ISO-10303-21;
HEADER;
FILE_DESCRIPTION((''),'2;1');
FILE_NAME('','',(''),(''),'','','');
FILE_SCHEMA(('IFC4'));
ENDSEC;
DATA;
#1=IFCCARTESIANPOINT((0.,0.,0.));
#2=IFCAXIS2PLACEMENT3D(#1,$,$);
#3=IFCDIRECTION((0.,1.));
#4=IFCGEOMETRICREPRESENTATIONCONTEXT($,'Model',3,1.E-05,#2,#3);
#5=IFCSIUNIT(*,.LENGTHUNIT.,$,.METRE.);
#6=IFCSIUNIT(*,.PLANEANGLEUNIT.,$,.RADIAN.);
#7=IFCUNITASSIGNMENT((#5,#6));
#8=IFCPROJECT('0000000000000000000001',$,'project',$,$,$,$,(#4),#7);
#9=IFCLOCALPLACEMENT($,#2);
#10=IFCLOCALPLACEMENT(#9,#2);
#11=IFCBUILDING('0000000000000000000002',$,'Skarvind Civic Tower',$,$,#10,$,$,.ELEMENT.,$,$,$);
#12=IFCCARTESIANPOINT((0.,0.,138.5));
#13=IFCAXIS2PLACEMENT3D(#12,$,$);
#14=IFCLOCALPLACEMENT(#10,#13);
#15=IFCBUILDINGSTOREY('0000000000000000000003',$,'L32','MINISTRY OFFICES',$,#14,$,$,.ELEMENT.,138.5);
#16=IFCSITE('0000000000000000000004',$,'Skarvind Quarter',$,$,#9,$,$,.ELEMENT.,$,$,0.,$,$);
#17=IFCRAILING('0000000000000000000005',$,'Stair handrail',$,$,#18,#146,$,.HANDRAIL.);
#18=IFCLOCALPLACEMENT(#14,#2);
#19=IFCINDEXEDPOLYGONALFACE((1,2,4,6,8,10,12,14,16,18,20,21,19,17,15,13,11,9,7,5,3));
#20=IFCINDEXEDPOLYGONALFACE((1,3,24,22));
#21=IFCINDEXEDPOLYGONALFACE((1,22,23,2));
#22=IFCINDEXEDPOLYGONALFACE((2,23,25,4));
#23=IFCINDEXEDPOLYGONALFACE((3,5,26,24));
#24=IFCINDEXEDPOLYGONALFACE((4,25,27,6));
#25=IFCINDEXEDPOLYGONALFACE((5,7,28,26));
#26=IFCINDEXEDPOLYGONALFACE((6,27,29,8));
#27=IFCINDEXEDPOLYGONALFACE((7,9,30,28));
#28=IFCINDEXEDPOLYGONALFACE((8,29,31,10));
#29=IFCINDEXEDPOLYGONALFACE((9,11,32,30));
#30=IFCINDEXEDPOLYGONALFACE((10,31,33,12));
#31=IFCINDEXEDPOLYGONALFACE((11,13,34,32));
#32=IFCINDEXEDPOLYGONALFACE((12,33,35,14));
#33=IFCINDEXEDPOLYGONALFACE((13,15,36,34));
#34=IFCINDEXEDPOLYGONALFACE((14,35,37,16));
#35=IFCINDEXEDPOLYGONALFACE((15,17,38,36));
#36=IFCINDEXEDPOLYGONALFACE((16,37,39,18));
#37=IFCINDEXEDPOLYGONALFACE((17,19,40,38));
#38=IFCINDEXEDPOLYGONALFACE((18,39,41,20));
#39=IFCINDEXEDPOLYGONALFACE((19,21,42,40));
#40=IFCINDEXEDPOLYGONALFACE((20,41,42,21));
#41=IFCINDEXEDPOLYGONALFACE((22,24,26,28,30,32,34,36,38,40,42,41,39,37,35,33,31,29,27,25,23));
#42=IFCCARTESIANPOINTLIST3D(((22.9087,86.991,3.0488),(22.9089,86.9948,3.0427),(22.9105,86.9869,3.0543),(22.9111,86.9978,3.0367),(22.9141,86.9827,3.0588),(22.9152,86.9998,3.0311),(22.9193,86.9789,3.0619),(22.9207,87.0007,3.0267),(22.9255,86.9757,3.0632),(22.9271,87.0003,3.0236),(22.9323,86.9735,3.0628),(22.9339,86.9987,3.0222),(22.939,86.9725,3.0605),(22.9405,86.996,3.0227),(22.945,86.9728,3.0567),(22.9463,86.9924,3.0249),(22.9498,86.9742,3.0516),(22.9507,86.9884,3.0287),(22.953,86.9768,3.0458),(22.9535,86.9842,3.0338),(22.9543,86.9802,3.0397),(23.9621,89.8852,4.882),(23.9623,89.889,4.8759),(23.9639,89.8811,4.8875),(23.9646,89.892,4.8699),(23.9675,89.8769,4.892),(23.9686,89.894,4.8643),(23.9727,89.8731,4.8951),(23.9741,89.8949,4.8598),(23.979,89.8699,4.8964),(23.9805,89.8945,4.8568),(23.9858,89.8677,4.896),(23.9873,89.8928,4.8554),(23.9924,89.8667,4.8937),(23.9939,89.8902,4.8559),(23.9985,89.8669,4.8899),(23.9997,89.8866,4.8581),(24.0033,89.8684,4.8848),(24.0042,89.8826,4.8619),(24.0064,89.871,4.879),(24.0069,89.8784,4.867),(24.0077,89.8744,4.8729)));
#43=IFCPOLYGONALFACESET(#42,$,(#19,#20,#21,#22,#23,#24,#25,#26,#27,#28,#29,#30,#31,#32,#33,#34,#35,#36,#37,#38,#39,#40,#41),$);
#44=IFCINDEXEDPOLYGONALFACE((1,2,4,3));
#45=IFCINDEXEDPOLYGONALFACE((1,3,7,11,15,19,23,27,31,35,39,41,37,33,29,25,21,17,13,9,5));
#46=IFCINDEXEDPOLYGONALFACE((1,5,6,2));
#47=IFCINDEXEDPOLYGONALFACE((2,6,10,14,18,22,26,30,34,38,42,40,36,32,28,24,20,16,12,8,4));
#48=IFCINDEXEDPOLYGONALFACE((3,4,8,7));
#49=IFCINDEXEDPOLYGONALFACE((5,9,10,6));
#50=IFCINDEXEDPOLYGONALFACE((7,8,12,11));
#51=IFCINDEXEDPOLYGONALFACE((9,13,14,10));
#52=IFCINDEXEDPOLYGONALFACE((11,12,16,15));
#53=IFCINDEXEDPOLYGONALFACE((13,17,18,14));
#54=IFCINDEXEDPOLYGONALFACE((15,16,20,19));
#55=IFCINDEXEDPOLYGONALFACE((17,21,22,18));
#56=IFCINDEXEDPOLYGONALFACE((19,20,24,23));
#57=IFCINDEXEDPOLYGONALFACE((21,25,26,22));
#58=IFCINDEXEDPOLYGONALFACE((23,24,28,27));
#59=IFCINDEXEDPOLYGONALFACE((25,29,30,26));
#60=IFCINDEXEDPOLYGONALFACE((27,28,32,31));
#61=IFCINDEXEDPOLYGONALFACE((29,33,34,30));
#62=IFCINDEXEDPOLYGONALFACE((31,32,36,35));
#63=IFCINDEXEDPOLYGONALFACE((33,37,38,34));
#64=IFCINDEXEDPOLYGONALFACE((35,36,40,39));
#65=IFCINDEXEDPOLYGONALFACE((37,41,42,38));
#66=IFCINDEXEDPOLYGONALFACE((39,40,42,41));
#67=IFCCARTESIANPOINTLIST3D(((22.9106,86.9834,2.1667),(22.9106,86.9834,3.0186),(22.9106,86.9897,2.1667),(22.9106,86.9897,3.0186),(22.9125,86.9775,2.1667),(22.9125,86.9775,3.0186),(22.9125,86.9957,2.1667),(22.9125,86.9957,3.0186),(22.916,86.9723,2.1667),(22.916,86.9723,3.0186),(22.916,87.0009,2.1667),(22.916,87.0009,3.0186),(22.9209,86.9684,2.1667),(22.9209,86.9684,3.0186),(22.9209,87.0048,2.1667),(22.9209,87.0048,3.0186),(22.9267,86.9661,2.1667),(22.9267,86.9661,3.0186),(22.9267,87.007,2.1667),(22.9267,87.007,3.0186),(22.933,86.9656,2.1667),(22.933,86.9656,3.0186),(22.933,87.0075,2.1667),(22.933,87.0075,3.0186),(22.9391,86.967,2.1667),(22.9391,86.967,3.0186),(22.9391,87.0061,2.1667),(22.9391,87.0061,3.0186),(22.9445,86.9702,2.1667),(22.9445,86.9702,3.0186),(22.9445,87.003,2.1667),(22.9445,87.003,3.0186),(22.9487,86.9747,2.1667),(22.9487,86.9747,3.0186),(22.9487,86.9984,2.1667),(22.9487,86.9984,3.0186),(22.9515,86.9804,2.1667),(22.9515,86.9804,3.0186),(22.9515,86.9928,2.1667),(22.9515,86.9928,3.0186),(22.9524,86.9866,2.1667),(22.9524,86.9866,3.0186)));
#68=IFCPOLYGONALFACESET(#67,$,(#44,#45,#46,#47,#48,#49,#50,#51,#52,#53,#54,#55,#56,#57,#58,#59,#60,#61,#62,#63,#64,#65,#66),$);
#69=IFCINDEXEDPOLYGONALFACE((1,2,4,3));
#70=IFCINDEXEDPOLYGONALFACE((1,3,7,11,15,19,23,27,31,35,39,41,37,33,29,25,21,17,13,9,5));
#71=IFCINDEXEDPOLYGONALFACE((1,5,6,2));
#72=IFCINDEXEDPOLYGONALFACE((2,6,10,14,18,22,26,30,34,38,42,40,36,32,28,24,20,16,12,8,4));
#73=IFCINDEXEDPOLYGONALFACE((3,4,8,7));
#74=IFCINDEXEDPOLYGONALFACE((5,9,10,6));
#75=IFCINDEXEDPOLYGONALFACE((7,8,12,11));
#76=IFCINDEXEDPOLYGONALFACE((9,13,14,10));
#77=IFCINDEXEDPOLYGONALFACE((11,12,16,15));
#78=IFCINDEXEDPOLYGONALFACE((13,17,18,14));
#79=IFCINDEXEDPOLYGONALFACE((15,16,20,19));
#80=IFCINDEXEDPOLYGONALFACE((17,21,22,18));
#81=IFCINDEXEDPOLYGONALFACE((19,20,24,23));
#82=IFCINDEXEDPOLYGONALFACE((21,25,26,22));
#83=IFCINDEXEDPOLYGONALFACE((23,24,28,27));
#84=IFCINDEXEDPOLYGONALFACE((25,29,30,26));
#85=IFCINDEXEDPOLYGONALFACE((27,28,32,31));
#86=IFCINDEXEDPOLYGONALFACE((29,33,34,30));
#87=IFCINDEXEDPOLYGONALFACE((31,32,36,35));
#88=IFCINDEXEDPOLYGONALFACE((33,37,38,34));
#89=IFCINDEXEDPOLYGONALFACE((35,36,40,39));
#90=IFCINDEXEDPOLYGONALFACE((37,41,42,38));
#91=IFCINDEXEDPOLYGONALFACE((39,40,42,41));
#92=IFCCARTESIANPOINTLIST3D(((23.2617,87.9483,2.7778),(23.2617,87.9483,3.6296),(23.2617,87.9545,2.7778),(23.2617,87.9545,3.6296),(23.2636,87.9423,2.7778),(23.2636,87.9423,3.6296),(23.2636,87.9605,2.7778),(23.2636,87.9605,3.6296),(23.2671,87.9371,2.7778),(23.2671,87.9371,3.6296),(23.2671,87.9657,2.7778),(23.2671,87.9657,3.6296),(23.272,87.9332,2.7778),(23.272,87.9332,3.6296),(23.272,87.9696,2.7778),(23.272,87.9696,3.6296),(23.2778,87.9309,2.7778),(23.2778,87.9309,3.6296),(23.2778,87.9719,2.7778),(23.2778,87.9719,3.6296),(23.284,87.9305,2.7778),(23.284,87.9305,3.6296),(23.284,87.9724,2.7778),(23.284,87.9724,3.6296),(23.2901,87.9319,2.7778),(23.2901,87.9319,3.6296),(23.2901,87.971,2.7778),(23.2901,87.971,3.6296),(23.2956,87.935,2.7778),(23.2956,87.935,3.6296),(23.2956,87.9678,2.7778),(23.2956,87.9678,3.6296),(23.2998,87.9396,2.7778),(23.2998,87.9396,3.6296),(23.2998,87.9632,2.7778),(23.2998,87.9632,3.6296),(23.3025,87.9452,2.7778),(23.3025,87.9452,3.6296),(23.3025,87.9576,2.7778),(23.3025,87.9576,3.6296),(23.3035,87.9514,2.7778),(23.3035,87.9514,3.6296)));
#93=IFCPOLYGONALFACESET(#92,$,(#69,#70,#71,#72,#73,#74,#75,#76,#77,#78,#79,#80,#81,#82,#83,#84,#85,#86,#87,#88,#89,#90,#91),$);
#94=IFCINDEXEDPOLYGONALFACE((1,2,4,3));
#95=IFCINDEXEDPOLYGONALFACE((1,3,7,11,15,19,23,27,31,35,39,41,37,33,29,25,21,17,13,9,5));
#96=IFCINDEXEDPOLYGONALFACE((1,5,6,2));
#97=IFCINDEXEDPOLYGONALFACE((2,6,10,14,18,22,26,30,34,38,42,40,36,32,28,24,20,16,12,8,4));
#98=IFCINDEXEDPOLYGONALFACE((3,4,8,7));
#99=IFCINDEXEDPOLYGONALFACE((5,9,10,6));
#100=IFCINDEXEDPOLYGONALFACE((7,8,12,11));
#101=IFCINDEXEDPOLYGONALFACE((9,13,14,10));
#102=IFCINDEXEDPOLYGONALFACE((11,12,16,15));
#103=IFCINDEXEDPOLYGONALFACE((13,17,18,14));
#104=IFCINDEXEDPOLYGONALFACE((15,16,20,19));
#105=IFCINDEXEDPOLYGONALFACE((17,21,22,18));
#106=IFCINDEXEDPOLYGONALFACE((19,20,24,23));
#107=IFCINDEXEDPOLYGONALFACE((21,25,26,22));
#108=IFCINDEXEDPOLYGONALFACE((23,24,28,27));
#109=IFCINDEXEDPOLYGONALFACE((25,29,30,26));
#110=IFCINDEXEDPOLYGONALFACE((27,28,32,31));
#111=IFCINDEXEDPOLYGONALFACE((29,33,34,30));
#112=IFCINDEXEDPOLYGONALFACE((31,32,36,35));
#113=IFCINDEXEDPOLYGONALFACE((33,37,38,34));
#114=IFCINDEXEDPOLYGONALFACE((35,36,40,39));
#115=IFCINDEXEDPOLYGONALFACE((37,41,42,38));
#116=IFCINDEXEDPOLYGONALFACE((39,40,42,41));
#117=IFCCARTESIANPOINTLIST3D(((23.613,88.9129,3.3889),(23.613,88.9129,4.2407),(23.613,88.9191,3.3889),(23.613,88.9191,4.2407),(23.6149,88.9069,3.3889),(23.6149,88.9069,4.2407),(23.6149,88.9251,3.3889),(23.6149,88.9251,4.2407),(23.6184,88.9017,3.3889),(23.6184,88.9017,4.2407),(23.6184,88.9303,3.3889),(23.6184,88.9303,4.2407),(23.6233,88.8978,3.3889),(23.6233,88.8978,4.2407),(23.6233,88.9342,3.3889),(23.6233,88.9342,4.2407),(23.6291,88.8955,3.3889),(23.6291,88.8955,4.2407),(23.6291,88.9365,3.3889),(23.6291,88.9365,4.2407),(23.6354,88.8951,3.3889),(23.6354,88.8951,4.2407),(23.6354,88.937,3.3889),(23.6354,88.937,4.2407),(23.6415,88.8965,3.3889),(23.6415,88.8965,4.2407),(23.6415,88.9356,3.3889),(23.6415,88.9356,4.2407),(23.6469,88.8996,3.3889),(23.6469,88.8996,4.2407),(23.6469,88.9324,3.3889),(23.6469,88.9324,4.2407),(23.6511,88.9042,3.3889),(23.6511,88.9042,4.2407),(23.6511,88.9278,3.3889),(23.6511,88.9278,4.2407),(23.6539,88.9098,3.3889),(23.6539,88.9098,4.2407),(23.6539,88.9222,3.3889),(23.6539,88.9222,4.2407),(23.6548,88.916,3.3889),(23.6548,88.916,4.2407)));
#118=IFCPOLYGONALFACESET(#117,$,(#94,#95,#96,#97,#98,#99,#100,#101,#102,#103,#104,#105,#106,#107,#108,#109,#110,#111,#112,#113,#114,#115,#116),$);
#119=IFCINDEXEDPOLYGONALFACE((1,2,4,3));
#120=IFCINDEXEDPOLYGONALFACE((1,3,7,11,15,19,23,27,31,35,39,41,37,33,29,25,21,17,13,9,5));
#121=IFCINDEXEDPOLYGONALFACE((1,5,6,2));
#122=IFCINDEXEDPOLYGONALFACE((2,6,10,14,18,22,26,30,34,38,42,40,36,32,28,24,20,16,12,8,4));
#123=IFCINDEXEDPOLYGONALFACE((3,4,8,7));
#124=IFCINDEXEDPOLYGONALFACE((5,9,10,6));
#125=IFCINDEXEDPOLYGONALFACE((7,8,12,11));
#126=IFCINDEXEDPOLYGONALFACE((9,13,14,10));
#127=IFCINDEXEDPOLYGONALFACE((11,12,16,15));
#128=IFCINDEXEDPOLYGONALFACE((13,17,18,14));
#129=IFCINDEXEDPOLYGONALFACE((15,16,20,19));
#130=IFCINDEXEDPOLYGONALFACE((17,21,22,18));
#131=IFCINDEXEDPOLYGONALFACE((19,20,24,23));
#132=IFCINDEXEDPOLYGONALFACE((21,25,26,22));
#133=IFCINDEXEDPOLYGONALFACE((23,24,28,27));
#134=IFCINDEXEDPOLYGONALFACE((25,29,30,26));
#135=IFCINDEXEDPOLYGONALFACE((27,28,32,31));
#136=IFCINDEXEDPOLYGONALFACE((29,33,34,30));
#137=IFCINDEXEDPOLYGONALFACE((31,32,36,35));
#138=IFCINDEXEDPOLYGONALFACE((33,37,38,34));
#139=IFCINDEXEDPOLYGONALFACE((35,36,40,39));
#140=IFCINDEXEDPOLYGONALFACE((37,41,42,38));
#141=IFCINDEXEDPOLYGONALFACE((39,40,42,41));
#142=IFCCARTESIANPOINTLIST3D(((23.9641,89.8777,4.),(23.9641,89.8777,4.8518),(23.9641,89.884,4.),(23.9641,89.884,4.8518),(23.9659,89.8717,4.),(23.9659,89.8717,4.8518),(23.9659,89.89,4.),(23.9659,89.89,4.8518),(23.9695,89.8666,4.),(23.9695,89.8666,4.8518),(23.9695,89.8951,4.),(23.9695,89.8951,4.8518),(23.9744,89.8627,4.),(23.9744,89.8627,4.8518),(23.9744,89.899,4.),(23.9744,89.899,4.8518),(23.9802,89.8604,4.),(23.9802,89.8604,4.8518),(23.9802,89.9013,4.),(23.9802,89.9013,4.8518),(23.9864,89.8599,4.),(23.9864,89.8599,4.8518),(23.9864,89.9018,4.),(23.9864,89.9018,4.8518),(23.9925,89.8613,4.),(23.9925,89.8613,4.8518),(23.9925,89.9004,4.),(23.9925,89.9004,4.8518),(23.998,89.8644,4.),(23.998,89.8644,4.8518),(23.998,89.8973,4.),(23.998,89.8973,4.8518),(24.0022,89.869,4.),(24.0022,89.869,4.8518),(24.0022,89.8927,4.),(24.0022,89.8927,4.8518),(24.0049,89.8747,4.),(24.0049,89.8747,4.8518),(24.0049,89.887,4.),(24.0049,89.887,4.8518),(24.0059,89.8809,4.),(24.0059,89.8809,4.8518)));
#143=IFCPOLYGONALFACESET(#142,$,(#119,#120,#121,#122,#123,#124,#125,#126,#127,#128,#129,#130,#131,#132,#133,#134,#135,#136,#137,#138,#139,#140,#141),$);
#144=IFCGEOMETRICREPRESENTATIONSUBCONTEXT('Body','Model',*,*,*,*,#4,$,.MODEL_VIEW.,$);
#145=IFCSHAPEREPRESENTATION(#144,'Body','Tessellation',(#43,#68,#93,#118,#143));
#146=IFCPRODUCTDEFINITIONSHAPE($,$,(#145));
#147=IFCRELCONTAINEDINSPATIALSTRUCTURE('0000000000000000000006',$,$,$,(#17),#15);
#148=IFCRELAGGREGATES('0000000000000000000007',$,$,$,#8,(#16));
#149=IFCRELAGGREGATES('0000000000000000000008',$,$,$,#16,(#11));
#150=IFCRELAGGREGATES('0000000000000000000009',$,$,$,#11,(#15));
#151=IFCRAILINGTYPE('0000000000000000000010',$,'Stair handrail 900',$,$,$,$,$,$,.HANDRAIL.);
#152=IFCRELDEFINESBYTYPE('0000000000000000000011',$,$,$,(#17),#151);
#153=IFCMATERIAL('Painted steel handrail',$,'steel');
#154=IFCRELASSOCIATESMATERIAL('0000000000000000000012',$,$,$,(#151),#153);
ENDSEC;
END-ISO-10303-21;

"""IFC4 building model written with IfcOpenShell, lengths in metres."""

from ifc_helpers import new_model, si_unit, direction, frame, origin, origin_2d, place, context, subcontext, project, spatial, circle, extrude, material, type_object, element, save


model = new_model("IFC4")

# Units and contexts
model_context = context("Model", 3, precision=1e-05, world=origin(), true_north=direction((0.0, 1.0)))
body_context = subcontext(model_context, "Body", "Model", "MODEL_VIEW")
ifc_project = project(units=[si_unit("LENGTHUNIT", "METRE"), si_unit("PLANEANGLEUNIT", "RADIAN")], contexts=[model_context])

# Site, building, storey
site_placement = place(None, origin())
site = spatial("IfcSite", under=ifc_project, at=site_placement, Name="Skarvind Quarter", CompositionType="ELEMENT", RefElevation=0.0)
building_placement = place(site_placement, origin())
building = spatial("IfcBuilding", under=site, at=building_placement, Name="Skarvind Civic Tower", CompositionType="ELEMENT")
storey_placement = place(building_placement, frame((0.0, 0.0, 138.5)))
storey = spatial("IfcBuildingStorey", under=building, at=storey_placement, Name="L32", Description="MINISTRY OFFICES", CompositionType="ELEMENT", Elevation=138.5)

# Railing
ifc_material_1 = material(Name="Painted steel handrail", Category="steel")
railing_type = type_object("IfcRailingType", Name="Stair handrail 900", PredefinedType="HANDRAIL", material=ifc_material_1)
railing_1_placement = place(storey_placement, frame((22.9314, 86.9866, 2.1667)))
element("IfcRailing", 1, at=railing_1_placement, inside=storey, type_object=railing_type, Name="Stair handrail", PredefinedType="HANDRAIL", context=body_context, shape_type="SweptSolid", body=[
    extrude(circle(Radius=0.0239, at=origin_2d()), frame((0.0, 0.0, 0.876), z_axis=(0.293908, 0.807481, 0.511461), x_axis=(-0.939689, 0.342029, 0.0)), (0.0, 0.0, 1.0), 3.5842),
    extrude(circle(Radius=0.021, at=origin_2d()), origin(), (0.0, 0.0, 1.0), 0.8518),
    extrude(circle(Radius=0.021, at=origin_2d()), frame((0.3511, 0.9648, 0.6111)), (0.0, 0.0, 1.0), 0.8518),
    extrude(circle(Radius=0.021, at=origin_2d()), frame((0.7024, 1.9294, 1.2222)), (0.0, 0.0, 1.0), 0.8518),
    extrude(circle(Radius=0.021, at=origin_2d()), frame((1.0535, 2.8943, 1.8333)), (0.0, 0.0, 1.0), 0.8518),
])

save(model, "model.ifc")
